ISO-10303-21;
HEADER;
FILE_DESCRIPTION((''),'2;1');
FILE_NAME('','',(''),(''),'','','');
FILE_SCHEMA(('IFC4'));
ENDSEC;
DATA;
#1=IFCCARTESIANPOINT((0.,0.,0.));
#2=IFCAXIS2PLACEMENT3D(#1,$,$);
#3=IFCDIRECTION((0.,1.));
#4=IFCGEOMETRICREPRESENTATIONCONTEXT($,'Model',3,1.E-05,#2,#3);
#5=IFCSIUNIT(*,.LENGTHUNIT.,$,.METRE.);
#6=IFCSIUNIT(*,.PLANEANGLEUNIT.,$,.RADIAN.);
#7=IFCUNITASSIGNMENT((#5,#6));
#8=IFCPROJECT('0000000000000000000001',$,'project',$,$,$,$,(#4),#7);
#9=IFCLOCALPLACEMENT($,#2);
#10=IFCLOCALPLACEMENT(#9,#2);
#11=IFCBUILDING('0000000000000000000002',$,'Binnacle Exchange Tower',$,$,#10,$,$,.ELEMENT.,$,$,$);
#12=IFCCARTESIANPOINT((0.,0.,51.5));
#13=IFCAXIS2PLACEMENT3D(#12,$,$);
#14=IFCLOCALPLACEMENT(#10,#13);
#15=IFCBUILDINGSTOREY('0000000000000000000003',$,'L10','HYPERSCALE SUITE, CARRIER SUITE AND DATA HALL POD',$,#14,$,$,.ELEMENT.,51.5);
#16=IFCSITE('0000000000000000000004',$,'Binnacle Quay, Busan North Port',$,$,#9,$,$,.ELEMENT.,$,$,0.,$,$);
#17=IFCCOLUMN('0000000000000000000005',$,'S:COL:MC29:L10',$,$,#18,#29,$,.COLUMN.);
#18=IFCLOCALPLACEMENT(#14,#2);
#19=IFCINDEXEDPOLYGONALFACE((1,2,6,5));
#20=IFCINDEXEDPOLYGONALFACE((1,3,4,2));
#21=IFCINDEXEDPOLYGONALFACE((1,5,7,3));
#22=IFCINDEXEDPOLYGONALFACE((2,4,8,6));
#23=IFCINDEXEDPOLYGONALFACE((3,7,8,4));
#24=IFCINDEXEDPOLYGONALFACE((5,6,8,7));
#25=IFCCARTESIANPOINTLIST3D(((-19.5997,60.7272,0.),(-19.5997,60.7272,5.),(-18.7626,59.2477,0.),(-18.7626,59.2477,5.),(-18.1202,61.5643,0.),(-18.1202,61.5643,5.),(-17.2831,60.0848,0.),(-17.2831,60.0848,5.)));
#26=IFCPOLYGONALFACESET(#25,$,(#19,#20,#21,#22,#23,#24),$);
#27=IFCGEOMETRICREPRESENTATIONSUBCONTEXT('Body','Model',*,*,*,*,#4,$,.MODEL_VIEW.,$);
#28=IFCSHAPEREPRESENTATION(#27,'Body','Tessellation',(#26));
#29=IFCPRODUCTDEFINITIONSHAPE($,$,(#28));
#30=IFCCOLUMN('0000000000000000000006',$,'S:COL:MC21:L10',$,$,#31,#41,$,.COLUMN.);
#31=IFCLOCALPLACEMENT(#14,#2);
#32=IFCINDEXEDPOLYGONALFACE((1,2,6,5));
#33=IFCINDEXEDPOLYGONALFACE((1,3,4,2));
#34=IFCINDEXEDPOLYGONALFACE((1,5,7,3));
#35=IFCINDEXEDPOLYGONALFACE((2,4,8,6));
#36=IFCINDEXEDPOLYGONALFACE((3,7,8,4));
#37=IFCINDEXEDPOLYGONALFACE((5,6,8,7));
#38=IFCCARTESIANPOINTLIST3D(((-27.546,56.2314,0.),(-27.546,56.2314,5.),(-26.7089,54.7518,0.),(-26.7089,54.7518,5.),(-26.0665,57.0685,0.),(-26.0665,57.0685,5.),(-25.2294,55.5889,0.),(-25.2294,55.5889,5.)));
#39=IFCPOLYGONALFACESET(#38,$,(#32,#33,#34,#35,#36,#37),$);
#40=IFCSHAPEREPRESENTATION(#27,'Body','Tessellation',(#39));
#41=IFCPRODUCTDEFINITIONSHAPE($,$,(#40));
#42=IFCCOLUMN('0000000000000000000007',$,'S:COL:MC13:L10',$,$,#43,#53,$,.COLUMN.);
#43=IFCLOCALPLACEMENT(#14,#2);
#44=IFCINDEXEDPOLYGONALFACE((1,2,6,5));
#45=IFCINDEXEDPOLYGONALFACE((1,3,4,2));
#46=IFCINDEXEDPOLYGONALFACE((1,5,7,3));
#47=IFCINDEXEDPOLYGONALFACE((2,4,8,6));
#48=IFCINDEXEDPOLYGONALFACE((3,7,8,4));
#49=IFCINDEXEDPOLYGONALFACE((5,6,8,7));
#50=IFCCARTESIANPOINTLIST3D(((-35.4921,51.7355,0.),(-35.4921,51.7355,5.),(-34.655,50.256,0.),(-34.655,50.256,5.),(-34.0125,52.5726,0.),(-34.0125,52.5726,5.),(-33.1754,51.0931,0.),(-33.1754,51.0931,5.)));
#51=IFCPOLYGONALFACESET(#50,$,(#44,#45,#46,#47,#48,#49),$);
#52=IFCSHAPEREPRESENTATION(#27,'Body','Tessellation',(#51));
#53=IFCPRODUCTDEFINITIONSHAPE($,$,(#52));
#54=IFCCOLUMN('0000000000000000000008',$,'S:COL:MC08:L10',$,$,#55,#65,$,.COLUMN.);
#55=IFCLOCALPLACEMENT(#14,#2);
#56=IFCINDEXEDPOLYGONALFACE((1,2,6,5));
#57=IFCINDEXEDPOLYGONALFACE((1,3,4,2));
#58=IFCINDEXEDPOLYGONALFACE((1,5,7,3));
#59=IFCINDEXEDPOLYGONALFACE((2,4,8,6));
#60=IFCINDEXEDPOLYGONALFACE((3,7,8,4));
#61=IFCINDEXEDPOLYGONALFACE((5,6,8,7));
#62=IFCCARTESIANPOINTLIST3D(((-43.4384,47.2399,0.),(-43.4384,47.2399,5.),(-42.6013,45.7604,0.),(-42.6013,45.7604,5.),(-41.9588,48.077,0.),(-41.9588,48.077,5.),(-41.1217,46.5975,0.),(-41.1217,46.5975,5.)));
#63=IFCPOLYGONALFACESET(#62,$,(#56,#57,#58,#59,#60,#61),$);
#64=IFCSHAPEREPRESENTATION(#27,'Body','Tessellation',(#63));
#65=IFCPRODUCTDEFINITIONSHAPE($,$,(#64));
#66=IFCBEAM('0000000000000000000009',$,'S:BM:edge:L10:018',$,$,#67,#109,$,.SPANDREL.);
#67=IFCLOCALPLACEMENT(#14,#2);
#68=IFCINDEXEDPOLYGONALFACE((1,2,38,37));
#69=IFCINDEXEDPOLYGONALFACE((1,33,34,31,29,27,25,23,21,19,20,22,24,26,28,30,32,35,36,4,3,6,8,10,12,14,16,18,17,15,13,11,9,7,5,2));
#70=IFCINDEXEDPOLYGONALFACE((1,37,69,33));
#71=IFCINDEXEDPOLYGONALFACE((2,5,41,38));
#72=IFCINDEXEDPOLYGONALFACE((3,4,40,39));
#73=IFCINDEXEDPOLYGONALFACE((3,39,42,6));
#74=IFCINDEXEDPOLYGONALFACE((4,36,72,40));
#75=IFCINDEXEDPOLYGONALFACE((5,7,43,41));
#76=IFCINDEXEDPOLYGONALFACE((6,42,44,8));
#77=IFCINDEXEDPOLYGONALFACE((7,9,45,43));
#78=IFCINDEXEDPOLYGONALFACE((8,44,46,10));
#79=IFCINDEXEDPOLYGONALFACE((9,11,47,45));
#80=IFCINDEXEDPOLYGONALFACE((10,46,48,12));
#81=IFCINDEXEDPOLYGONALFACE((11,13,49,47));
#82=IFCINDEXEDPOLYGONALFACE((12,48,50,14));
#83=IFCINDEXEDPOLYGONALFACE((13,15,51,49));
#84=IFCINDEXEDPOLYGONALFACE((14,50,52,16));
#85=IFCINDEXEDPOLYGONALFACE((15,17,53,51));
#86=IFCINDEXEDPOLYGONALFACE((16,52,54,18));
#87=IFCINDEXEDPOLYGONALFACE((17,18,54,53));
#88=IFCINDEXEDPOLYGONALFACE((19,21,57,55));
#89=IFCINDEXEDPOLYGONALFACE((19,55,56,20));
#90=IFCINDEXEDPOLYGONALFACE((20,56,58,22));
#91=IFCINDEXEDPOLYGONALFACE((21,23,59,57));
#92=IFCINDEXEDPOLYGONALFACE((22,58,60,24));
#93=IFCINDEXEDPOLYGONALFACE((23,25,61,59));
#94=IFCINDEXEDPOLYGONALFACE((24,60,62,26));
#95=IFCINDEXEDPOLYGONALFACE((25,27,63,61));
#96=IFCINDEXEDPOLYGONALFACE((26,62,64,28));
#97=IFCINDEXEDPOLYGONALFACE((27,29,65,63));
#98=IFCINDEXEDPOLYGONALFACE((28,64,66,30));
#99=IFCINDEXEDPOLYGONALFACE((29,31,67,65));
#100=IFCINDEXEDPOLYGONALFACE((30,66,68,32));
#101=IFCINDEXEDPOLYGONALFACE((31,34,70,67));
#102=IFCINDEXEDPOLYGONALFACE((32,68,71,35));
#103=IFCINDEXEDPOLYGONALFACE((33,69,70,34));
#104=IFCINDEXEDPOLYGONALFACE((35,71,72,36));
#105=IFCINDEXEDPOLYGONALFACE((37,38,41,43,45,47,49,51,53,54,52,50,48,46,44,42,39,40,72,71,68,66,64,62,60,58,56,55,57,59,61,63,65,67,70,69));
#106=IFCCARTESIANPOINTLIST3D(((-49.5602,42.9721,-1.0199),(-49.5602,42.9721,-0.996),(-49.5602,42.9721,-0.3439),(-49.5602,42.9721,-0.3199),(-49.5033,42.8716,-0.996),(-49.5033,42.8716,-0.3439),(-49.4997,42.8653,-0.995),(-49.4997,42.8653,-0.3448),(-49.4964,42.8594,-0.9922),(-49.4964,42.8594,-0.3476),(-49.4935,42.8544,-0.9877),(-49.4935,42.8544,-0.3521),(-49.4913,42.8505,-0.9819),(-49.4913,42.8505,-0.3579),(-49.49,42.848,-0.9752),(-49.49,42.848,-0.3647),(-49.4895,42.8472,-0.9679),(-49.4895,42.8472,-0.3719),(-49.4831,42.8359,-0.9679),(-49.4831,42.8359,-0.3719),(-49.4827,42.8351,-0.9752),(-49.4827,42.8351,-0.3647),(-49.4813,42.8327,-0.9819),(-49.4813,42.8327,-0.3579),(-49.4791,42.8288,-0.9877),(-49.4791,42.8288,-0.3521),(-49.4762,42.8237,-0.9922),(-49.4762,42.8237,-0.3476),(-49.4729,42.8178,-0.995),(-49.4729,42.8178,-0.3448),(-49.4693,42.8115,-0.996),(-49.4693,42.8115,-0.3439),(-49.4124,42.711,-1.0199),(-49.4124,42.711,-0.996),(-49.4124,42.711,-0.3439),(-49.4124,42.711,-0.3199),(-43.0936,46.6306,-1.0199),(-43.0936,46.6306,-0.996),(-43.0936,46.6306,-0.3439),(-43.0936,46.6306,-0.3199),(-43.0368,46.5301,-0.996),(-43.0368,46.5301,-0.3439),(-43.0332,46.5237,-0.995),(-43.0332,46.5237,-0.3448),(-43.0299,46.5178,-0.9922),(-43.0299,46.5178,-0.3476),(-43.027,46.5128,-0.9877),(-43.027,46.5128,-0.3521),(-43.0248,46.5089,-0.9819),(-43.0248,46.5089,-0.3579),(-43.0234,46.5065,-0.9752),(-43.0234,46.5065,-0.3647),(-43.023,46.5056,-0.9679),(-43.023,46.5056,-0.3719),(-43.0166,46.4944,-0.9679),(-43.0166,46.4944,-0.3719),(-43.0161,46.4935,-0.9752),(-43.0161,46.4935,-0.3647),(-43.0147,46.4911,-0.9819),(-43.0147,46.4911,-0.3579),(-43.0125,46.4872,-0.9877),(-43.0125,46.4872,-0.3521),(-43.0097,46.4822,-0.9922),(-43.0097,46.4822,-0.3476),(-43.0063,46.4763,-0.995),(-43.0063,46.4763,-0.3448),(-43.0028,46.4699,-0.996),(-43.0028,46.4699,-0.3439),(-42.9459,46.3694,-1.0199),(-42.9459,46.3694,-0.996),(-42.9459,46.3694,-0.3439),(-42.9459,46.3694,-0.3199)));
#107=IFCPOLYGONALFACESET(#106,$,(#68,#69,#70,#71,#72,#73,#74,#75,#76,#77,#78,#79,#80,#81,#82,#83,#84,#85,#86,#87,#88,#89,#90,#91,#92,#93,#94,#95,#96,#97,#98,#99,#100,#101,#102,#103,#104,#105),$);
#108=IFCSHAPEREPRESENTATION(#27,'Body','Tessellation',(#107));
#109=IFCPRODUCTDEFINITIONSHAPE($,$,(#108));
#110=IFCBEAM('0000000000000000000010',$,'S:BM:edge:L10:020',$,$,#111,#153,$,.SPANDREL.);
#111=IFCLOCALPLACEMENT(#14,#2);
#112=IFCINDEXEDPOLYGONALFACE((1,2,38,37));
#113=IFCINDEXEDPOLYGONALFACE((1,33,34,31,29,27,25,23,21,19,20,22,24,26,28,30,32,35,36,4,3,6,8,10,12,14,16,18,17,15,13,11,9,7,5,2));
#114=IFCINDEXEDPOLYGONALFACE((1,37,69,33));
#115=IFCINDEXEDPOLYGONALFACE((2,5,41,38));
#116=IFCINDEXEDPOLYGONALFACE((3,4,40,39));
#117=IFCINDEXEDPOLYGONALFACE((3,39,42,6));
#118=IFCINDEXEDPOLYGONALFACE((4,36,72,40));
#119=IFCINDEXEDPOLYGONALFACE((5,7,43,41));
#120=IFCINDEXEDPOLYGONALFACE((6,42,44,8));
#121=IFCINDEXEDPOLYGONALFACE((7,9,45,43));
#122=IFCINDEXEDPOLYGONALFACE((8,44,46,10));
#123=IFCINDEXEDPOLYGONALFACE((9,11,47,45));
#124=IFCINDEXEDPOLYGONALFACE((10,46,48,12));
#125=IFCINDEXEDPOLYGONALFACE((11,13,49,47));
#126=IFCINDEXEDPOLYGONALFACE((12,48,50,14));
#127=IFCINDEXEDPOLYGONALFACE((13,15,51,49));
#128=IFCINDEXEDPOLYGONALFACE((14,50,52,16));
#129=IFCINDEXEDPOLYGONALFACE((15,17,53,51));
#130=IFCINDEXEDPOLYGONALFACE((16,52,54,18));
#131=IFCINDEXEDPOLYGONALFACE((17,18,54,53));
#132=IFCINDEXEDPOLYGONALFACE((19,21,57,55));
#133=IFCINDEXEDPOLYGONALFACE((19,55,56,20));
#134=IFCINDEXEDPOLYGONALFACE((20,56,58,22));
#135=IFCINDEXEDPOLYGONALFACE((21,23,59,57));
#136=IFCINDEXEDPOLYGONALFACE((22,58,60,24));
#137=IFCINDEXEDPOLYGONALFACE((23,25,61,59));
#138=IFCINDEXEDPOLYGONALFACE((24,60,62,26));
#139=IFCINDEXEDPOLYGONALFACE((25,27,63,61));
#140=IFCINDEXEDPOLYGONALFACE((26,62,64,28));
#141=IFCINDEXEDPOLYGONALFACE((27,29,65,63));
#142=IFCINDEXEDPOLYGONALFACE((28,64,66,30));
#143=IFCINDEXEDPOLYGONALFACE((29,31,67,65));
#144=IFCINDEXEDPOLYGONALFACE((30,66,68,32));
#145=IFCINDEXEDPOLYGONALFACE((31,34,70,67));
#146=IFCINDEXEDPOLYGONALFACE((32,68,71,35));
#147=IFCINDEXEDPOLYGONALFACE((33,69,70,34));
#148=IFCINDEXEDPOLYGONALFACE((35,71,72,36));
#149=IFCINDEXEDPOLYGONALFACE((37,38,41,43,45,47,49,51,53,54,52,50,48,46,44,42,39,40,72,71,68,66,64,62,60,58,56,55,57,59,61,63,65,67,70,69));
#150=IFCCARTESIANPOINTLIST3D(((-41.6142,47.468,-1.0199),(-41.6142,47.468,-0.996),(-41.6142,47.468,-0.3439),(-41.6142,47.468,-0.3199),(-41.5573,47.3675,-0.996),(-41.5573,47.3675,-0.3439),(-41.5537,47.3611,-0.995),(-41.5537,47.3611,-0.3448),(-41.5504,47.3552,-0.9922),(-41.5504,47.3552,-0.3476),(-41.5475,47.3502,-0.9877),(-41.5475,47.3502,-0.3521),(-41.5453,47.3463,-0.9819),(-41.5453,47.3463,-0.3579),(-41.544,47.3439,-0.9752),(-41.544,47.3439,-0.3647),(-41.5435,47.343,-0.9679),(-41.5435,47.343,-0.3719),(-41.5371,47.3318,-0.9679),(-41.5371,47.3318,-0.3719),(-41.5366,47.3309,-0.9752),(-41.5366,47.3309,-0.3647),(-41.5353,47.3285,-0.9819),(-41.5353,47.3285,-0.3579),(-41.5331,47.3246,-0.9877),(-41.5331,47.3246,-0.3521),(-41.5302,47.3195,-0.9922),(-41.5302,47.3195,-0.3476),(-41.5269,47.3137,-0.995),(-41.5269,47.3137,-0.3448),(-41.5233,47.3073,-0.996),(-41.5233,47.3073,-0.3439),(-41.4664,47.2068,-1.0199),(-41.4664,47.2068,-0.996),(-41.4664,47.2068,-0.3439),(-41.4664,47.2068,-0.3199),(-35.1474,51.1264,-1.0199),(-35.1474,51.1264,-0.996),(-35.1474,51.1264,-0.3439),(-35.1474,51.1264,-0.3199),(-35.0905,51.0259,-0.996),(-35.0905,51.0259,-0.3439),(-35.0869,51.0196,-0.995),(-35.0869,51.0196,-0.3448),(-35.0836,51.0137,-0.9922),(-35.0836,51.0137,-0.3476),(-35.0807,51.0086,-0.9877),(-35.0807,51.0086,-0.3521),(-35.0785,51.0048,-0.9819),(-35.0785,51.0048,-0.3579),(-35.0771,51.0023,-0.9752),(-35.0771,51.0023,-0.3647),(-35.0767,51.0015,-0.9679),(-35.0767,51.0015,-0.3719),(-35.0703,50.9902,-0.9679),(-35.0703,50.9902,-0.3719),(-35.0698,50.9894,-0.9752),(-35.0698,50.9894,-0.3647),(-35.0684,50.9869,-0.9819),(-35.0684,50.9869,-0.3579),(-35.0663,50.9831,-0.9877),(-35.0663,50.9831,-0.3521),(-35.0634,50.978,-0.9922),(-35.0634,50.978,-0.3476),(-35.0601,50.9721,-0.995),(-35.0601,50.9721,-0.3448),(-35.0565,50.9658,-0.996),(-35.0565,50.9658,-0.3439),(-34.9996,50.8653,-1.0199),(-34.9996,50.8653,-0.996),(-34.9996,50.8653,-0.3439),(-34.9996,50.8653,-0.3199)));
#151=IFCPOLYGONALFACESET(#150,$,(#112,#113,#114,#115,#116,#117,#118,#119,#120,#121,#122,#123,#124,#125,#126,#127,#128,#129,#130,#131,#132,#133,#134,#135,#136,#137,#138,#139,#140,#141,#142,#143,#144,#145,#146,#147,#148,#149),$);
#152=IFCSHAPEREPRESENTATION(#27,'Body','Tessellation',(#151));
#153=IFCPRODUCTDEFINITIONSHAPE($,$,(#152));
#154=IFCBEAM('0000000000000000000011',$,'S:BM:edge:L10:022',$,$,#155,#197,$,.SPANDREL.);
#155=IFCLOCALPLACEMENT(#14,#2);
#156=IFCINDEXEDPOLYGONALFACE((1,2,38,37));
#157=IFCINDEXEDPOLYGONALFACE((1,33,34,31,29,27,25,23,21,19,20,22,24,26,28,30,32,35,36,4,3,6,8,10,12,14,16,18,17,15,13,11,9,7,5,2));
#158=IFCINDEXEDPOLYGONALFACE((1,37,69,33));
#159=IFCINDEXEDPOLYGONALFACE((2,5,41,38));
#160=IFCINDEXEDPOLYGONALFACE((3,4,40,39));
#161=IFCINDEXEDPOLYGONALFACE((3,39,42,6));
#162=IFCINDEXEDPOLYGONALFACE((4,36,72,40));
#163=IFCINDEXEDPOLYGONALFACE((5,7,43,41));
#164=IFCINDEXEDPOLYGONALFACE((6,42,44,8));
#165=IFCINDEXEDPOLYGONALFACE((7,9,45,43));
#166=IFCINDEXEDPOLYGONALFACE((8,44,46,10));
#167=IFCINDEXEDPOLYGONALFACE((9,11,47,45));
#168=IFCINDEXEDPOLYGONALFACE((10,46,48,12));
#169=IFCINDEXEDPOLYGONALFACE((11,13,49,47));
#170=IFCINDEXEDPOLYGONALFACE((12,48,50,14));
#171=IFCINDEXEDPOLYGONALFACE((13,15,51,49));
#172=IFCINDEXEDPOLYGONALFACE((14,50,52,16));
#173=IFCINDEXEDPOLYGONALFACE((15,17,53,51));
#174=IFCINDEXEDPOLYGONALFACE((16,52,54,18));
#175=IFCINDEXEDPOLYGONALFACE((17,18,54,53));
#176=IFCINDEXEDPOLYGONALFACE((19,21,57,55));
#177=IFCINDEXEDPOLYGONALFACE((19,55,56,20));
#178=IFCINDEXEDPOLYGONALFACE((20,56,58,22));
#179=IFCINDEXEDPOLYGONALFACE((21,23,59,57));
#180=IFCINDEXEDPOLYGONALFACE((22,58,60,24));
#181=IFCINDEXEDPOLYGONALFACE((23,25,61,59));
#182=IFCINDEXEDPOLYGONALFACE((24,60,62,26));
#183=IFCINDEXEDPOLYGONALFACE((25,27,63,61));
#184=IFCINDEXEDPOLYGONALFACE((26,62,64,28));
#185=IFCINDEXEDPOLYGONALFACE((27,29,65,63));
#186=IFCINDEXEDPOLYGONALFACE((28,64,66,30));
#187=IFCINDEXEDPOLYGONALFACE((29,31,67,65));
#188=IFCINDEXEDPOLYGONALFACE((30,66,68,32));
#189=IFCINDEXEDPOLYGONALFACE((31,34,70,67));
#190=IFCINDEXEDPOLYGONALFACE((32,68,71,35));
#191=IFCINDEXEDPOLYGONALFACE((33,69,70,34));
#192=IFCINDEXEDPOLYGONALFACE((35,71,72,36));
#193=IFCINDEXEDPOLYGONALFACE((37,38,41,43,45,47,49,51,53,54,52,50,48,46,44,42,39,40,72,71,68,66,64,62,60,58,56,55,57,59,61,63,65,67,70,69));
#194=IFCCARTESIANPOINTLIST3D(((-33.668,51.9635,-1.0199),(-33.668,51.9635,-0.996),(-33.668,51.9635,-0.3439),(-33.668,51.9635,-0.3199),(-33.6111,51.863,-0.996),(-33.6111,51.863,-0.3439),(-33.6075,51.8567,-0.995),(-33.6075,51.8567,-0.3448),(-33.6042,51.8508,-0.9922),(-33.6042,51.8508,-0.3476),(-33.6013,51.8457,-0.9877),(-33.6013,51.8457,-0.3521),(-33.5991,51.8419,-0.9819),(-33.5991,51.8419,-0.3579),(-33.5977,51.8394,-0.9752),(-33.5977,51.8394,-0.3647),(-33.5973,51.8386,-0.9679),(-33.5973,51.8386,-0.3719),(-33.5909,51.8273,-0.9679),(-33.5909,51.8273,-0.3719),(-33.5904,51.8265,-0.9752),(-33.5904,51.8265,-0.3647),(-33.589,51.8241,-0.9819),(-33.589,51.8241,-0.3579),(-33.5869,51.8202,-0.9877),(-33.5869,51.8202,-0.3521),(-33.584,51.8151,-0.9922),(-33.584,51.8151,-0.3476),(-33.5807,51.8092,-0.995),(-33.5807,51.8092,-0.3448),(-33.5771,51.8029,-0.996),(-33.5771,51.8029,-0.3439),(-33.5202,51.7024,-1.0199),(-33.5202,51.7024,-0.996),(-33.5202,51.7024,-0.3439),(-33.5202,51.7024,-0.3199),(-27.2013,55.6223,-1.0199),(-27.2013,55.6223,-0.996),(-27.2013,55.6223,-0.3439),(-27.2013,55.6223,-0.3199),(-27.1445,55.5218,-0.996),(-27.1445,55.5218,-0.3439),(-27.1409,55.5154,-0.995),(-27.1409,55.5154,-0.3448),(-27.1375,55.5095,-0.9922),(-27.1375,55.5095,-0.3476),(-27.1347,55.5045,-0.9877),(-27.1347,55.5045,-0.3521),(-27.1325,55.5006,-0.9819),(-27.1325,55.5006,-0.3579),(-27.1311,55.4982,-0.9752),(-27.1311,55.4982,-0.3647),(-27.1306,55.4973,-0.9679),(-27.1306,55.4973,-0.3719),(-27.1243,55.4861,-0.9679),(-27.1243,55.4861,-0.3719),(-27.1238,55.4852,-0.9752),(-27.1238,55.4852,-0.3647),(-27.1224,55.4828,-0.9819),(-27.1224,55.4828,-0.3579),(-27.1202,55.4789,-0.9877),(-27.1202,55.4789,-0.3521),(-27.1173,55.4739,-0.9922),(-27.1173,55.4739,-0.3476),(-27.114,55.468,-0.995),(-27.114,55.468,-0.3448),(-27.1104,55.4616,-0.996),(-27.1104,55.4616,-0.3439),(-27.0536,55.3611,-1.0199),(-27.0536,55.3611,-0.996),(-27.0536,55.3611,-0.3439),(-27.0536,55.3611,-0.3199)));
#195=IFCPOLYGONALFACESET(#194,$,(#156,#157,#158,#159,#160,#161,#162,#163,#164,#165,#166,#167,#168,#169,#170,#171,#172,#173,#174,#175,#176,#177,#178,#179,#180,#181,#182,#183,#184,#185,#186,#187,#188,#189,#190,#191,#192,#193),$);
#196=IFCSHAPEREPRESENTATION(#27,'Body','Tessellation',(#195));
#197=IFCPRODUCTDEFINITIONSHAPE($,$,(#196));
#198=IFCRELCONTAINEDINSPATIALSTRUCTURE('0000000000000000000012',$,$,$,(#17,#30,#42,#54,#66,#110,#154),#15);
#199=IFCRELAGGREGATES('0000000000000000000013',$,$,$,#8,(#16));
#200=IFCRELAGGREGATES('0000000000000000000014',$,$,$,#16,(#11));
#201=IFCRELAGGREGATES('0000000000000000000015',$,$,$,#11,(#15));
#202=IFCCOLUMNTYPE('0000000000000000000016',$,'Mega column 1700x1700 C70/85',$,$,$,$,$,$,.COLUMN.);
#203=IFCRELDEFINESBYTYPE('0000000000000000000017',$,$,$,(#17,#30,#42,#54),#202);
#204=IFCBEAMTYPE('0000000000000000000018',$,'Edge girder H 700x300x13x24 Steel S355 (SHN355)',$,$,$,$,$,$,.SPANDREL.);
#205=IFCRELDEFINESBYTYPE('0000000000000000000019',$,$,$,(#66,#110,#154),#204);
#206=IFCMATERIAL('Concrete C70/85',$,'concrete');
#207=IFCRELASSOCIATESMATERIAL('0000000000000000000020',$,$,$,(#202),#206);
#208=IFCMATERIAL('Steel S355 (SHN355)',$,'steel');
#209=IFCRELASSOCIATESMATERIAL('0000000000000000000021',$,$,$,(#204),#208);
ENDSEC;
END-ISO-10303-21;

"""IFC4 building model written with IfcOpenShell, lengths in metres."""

from ifc_helpers import new_model, si_unit, direction, frame, origin, origin_2d, place, context, subcontext, project, spatial, rectangle, i_section, extrude, material, material_profile, profile_set, type_object, element, save


model = new_model("IFC4")

# Units and contexts
model_context = context("Model", 3, precision=1e-05, world=origin(), true_north=direction((0.0, 1.0)))
body_context = subcontext(model_context, "Body", "Model", "MODEL_VIEW")
ifc_project = project(units=[si_unit("LENGTHUNIT", "METRE"), si_unit("PLANEANGLEUNIT", "RADIAN")], contexts=[model_context])

# Site, building, storey
site_placement = place(None, origin())
site = spatial("IfcSite", under=ifc_project, at=site_placement, Name="Binnacle Quay, Busan North Port", CompositionType="ELEMENT", RefElevation=0.0)
building_placement = place(site_placement, origin())
building = spatial("IfcBuilding", under=site, at=building_placement, Name="Binnacle Exchange Tower", CompositionType="ELEMENT")
storey_placement = place(building_placement, frame((0.0, 0.0, 51.5)))
storey = spatial("IfcBuildingStorey", under=building, at=storey_placement, Name="L10", Description="HYPERSCALE SUITE, CARRIER SUITE AND DATA HALL POD", CompositionType="ELEMENT", Elevation=51.5)

# Columns
ifc_material_1 = material(Name="Concrete C70/85", Category="concrete")
ifc_material_profile_1 = material_profile(ifc_material_1, rectangle(XDim=1.7, YDim=1.7, at=origin_2d()), Name="Mega column 1700x1700 C70/85")
ifc_profile_set_1 = profile_set([ifc_material_profile_1], Name="Concrete C70/85")
column_type = type_object("IfcColumnType", Name="Mega column 1700x1700 C70/85", PredefinedType="COLUMN", material=ifc_profile_set_1)
for number, where, z_axis, x_axis, name in (
    (1, (-18.4414, 60.406, 0.0), (0.0, 0.0, 1.0), (-0.870356, -0.492424, 0.0), "S:COL:MC29:L10"),
    (2, (-26.3877, 55.9102, 0.0), (0.0, 0.0, 1.0), (-0.870356, -0.492424, 0.0), "S:COL:MC21:L10"),
    (3, (-34.3337, 51.4143, 0.0), (0.0, 0.0, 1.0), (-0.870356, -0.492424, 0.0), "S:COL:MC13:L10"),
    (4, (-42.28, 46.9187, 0.0), (0.0, 0.0, 1.0), (-0.870356, -0.492424, 0.0), "S:COL:MC08:L10"),
):
    element("IfcColumn", number, at=place(storey_placement, frame(where, z_axis=z_axis, x_axis=x_axis)), inside=storey, type_object=column_type, Name=name, PredefinedType="COLUMN", context=body_context, shape_type="SweptSolid", body=[
        extrude(rectangle(XDim=1.7, YDim=1.7, at=origin_2d()), origin(), (0.0, 0.0, 1.0), 5.0),
    ])

# Beams
ifc_material_2 = material(Name="Steel S355 (SHN355)", Category="steel")
ifc_material_profile_2 = material_profile(ifc_material_2, i_section(OverallWidth=0.3, OverallDepth=0.7, WebThickness=0.0129, FlangeThickness=0.0239, FilletRadius=0.0281, at=origin_2d()), Name="H 700x300x13x24")
ifc_profile_set_2 = profile_set([ifc_material_profile_2], Name="Steel S355 (SHN355)")
beam_type_1 = type_object("IfcBeamType", Name="Edge girder H 700x300x13x24 Steel S355 (SHN355)", PredefinedType="SPANDREL", material=ifc_profile_set_2)
beam_1_placement = place(storey_placement, frame((-43.0198, 46.5, -0.6699), z_axis=(-0.870364, -0.492408, 0.0), x_axis=(0.492408, -0.870364, 0.0)))
element("IfcBeam", 5, at=beam_1_placement, inside=storey, type_object=beam_type_1, Name="S:BM:edge:L10:018", PredefinedType="SPANDREL", context=body_context, shape_type="SweptSolid", body=[
    extrude(i_section(OverallWidth=0.3, OverallDepth=0.7, WebThickness=0.0129, FlangeThickness=0.0239, FilletRadius=0.0281, at=origin_2d()), origin(), (0.0, 0.0, 1.0), 7.4297),
])
for number, where, z_axis, x_axis, name in (
    (6, (-35.0735, 50.9958, -0.6699), (-0.870372, -0.492394, 0.0), (0.492394, -0.870372, 0.0), "S:BM:edge:L10:020"),
    (7, (-27.1274, 55.4917, -0.6699), (-0.87035, -0.492433, 0.0), (0.492433, -0.87035, 0.0), "S:BM:edge:L10:022"),
):
    element("IfcBeam", number, at=place(storey_placement, frame(where, z_axis=z_axis, x_axis=x_axis)), inside=storey, type_object=beam_type_1, Name=name, PredefinedType="SPANDREL", context=body_context, shape_type="SweptSolid", body=[
        extrude(i_section(OverallWidth=0.3, OverallDepth=0.7, WebThickness=0.0129, FlangeThickness=0.0239, FilletRadius=0.0281, at=origin_2d()), origin(), (0.0, 0.0, 1.0), 7.4299),
    ])

save(model, "model.ifc")
